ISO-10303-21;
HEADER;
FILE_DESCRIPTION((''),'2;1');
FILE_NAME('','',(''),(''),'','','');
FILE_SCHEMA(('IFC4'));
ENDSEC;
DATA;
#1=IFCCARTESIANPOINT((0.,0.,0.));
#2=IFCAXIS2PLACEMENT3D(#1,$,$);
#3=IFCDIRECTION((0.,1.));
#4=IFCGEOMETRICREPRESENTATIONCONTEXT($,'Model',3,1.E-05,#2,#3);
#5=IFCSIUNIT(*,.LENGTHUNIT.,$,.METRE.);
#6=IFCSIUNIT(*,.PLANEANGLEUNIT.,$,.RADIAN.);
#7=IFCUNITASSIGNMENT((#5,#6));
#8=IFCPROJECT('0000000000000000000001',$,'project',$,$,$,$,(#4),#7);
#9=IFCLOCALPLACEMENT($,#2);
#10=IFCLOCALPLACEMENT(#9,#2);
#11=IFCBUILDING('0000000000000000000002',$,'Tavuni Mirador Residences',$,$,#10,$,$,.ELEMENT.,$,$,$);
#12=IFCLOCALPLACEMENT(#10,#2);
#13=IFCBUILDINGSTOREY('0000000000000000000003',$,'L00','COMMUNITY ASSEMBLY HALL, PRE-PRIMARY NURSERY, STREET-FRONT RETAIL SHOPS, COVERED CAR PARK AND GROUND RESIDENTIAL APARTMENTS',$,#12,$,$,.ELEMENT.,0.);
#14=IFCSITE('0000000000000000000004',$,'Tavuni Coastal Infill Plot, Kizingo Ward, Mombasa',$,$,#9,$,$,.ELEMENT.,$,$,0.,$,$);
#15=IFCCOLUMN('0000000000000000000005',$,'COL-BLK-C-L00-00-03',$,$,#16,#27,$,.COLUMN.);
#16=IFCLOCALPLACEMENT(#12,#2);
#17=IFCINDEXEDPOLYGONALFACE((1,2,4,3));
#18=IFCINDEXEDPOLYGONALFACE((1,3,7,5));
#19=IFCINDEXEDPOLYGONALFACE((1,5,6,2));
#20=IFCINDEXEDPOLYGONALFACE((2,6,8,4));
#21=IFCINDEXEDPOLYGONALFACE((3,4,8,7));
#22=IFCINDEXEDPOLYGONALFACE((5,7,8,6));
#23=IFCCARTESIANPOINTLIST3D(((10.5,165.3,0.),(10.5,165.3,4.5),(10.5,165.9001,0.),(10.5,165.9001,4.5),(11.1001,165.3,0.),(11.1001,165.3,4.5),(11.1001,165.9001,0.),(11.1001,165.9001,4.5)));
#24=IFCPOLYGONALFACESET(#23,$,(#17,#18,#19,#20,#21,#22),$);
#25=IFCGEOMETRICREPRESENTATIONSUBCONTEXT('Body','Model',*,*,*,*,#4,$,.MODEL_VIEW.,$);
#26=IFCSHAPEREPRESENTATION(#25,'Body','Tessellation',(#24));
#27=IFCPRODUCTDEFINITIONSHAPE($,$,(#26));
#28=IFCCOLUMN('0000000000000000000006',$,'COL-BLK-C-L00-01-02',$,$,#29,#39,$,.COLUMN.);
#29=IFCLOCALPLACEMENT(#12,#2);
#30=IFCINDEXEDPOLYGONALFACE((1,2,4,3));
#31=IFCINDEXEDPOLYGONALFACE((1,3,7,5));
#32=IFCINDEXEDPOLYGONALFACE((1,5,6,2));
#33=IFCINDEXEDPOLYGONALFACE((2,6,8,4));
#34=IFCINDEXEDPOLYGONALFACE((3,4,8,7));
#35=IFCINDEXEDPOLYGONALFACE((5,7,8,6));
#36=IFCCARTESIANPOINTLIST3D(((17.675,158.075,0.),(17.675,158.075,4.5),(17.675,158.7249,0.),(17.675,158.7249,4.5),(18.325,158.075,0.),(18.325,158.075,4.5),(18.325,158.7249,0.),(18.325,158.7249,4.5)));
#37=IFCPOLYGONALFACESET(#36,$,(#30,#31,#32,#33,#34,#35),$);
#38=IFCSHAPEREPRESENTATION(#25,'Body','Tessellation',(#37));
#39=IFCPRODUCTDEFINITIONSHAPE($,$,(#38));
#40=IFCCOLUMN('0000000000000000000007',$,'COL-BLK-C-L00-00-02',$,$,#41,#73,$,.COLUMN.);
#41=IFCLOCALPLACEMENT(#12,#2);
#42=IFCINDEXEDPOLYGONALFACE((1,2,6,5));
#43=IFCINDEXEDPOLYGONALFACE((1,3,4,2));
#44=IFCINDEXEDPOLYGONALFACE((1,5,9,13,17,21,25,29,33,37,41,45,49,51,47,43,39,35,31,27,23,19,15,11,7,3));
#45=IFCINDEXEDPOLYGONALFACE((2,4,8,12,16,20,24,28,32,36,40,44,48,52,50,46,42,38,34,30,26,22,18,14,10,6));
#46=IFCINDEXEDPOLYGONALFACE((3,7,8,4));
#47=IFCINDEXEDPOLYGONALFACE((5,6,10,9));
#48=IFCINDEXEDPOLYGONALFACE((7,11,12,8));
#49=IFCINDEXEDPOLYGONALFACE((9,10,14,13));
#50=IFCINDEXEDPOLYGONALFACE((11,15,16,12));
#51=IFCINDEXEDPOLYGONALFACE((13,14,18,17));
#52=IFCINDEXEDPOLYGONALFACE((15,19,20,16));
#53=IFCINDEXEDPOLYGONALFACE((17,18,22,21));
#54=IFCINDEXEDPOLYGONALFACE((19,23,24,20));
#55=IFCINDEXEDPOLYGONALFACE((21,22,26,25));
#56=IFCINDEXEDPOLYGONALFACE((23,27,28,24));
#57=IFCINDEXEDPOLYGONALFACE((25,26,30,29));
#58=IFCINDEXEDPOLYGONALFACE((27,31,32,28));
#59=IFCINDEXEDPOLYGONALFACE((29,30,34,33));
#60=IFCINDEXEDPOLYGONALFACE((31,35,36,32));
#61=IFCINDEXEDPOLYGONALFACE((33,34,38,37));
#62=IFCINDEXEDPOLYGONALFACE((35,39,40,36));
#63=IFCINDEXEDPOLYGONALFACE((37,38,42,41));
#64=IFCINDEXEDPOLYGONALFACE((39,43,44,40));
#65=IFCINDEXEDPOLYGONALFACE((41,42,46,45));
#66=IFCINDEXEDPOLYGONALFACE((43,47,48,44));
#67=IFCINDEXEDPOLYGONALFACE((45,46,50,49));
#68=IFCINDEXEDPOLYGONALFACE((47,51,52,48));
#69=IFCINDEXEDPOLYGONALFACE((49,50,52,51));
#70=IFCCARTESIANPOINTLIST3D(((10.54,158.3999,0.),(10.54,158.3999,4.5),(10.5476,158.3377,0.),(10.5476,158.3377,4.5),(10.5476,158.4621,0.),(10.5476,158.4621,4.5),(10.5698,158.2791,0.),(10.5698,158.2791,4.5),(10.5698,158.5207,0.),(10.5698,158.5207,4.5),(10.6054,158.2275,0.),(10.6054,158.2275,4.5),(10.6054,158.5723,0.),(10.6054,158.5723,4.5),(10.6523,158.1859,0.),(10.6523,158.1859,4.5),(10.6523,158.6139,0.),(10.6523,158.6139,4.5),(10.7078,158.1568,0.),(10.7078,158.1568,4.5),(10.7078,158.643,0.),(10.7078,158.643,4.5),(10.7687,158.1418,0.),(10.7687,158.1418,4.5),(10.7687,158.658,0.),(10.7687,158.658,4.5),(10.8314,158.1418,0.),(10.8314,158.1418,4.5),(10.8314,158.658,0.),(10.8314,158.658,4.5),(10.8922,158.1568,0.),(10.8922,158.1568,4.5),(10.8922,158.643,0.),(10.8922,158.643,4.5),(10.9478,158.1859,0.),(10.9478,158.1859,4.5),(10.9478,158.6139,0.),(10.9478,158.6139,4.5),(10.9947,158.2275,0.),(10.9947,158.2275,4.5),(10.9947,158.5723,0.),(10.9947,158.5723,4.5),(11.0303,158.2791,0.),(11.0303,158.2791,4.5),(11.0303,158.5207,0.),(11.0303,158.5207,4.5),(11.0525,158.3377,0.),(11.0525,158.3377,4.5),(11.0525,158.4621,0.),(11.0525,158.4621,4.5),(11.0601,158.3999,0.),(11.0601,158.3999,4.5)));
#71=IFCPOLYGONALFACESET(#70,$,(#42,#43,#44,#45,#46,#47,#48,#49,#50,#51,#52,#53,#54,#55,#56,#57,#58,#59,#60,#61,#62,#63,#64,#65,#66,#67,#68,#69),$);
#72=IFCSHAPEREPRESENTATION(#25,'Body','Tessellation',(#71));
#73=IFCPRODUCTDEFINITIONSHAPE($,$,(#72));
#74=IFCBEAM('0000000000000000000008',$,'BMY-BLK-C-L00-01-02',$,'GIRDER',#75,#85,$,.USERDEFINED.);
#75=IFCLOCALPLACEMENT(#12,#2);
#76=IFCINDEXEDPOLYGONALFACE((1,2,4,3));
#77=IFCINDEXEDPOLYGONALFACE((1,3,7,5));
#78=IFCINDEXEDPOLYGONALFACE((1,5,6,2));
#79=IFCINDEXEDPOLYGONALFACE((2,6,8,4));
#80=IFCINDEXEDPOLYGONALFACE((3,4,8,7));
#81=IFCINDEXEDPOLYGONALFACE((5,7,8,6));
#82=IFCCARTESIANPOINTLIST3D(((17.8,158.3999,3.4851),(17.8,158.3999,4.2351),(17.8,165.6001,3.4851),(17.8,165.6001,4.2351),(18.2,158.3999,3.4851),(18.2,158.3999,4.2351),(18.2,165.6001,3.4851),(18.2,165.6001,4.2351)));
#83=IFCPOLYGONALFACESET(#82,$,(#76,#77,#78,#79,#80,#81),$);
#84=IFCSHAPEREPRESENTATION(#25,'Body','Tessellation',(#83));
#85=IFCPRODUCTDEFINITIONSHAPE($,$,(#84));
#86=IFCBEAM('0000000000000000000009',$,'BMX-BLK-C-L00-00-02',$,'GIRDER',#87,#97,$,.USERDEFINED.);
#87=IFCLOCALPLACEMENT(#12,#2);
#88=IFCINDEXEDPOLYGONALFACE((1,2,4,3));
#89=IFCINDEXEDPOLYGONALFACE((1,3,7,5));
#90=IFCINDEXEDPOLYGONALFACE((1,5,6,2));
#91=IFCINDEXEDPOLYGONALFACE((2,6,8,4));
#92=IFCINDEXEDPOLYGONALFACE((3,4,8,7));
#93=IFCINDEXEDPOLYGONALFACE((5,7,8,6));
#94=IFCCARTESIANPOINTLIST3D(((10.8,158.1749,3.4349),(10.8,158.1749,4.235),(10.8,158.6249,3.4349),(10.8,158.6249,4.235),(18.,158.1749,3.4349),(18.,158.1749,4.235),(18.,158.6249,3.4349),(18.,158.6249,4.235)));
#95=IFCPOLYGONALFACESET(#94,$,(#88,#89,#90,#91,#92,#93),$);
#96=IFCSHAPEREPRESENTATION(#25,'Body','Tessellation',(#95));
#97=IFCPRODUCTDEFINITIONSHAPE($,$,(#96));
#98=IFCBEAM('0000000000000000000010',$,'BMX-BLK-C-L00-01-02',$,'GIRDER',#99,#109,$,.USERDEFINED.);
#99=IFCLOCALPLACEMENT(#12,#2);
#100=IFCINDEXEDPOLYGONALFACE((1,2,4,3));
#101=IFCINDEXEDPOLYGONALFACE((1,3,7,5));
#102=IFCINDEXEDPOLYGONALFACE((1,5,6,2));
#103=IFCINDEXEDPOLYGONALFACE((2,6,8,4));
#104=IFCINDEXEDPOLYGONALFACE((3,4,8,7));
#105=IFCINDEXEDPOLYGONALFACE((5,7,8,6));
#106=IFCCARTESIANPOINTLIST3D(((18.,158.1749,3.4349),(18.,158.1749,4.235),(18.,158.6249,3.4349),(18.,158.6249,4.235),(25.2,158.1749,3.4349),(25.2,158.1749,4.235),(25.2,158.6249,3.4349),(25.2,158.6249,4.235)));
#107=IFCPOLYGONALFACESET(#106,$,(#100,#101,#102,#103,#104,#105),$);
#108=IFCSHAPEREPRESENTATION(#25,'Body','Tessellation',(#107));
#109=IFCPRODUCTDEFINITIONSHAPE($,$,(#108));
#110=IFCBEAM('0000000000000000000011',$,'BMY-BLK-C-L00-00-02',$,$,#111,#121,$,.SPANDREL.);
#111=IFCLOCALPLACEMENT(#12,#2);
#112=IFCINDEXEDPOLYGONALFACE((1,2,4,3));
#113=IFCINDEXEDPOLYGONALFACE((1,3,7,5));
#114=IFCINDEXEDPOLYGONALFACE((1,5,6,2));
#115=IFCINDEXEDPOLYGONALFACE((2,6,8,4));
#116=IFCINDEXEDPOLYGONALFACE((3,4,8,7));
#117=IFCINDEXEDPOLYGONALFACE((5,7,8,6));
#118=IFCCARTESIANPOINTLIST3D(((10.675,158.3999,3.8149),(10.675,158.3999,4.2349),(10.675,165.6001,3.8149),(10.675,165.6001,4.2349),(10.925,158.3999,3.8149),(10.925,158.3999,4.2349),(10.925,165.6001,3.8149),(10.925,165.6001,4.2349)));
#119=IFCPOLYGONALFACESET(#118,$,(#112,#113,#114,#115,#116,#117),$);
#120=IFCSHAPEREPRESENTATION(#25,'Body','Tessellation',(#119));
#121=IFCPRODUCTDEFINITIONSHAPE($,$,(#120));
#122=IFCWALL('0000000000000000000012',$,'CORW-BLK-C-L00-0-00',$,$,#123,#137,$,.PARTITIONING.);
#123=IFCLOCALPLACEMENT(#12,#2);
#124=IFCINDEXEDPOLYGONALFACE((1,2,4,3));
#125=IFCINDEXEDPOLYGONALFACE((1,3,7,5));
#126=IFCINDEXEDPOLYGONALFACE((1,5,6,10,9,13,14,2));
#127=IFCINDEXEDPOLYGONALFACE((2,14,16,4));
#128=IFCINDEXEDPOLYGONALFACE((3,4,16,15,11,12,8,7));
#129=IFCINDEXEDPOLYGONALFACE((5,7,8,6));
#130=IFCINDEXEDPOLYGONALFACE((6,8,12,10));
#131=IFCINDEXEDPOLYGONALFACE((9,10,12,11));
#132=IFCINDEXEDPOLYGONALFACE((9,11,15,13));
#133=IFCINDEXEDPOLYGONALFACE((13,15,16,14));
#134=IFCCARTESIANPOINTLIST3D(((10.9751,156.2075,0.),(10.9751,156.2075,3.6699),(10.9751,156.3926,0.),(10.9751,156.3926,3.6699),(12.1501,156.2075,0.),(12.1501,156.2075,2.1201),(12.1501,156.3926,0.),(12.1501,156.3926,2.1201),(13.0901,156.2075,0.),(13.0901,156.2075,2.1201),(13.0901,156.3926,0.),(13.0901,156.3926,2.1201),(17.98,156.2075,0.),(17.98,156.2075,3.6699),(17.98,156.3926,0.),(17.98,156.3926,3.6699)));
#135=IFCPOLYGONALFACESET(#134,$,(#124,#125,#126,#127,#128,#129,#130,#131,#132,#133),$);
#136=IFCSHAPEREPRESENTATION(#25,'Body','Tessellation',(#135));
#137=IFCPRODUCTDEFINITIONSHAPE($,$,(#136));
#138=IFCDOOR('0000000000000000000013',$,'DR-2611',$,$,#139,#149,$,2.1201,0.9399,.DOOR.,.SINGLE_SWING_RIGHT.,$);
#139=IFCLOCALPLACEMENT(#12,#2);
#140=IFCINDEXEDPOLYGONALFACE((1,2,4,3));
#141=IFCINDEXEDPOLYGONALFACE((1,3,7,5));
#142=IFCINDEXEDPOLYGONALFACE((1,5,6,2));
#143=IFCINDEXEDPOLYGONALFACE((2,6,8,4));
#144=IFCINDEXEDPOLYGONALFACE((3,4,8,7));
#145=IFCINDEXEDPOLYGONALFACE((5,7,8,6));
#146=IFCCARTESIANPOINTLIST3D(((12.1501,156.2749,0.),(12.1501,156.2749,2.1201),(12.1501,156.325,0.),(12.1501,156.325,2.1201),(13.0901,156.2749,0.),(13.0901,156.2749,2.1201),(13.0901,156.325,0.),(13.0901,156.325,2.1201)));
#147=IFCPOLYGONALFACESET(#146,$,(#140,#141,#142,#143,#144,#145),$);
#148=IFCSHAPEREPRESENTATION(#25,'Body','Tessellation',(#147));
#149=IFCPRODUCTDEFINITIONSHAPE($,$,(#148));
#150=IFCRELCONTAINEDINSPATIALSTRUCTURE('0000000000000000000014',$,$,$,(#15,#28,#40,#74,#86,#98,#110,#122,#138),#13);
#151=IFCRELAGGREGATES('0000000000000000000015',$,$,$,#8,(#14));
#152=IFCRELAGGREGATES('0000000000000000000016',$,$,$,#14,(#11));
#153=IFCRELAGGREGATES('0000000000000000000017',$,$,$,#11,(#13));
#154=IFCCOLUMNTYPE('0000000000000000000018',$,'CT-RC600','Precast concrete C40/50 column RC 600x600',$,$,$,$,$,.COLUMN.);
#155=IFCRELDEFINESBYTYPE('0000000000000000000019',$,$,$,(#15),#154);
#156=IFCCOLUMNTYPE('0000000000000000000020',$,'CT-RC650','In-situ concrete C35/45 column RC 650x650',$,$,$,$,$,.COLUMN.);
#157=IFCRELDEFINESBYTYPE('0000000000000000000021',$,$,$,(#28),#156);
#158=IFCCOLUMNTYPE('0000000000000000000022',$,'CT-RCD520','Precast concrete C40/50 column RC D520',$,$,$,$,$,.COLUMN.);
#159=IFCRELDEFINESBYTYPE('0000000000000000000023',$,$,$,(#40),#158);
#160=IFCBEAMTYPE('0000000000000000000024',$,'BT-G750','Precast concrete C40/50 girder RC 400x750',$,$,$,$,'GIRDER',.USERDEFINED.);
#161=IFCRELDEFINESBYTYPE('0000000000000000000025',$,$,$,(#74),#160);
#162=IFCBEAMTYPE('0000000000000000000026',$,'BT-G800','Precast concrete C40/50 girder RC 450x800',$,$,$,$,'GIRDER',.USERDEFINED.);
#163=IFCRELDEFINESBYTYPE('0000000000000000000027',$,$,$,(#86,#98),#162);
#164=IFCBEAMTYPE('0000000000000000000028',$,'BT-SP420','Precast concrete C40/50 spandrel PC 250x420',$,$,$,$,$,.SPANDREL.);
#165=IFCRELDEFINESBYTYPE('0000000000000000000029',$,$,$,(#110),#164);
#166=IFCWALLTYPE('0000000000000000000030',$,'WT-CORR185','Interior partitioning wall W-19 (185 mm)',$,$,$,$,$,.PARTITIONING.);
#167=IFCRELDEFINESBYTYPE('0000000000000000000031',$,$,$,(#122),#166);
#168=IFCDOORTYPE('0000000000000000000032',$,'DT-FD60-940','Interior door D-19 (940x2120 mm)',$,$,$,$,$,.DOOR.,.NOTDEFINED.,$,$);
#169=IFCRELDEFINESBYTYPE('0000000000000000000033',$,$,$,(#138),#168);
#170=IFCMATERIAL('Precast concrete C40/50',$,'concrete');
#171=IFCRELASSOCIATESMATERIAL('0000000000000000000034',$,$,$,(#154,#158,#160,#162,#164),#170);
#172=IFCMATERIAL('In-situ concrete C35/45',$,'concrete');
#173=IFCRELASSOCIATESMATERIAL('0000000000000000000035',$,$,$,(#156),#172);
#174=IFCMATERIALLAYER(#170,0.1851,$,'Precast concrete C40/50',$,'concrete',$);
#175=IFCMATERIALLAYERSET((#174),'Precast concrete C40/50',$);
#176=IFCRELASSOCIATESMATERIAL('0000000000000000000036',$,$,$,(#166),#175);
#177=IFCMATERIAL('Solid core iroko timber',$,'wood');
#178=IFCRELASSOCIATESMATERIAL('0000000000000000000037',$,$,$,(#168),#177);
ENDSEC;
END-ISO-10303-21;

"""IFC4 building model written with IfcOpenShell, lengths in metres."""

from ifc_helpers import new_model, si_unit, direction, frame, frame_2d, origin, origin_2d, place, context, subcontext, project, spatial, rectangle, circle, extrude, material, layer, layer_set, material_profile, profile_set, type_object, element, fill, save


model = new_model("IFC4")

# Units and contexts
model_context = context("Model", 3, precision=1e-05, world=origin(), true_north=direction((0.0, 1.0)))
body_context = subcontext(model_context, "Body", "Model", "MODEL_VIEW")
ifc_project = project(units=[si_unit("LENGTHUNIT", "METRE"), si_unit("PLANEANGLEUNIT", "RADIAN")], contexts=[model_context])

# Site, building, storey
site_placement = place(None, origin())
site = spatial("IfcSite", under=ifc_project, at=site_placement, Name="Tavuni Coastal Infill Plot, Kizingo Ward, Mombasa", CompositionType="ELEMENT", RefElevation=0.0)
building_placement = place(site_placement, origin())
building = spatial("IfcBuilding", under=site, at=building_placement, Name="Tavuni Mirador Residences", CompositionType="ELEMENT")
storey_placement = place(building_placement, origin())
storey = spatial("IfcBuildingStorey", under=building, at=storey_placement, Name="L00", Description="COMMUNITY ASSEMBLY HALL, PRE-PRIMARY NURSERY, STREET-FRONT RETAIL SHOPS, COVERED CAR PARK AND GROUND RESIDENTIAL APARTMENTS", CompositionType="ELEMENT", Elevation=0.0)

# Columns
ifc_material_1 = material(Name="Precast concrete C40/50", Category="concrete")
ifc_material_profile_1 = material_profile(ifc_material_1, rectangle(XDim=0.6001, YDim=0.6001, at=origin_2d()), Name="RC 600x600", Category="concrete")
ifc_profile_set_1 = profile_set([ifc_material_profile_1], Name="Precast concrete C40/50")
column_type_1 = type_object("IfcColumnType", Name="CT-RC600", Description="Precast concrete C40/50 column RC 600x600", PredefinedType="COLUMN", material=ifc_profile_set_1)
column_1_placement = place(storey_placement, frame((10.8, 165.6001, 0.0), z_axis=(0.0, 0.0, 1.0), x_axis=(1.0, 0.0, 0.0)))
element("IfcColumn", 1, at=column_1_placement, inside=storey, type_object=column_type_1, Name="COL-BLK-C-L00-00-03", PredefinedType="COLUMN", context=body_context, shape_type="SweptSolid", body=[
    extrude(rectangle(XDim=0.6001, YDim=0.6001, at=origin_2d()), origin(), (0.0, 0.0, 1.0), 4.5),
])
ifc_material_2 = material(Name="In-situ concrete C35/45", Category="concrete")
ifc_material_profile_2 = material_profile(ifc_material_2, rectangle(XDim=0.6499, YDim=0.6499, at=origin_2d()), Name="RC 650x650", Category="concrete")
ifc_profile_set_2 = profile_set([ifc_material_profile_2], Name="In-situ concrete C35/45")
column_type_2 = type_object("IfcColumnType", Name="CT-RC650", Description="In-situ concrete C35/45 column RC 650x650", PredefinedType="COLUMN", material=ifc_profile_set_2)
column_2_placement = place(storey_placement, frame((18.0, 158.3999, 0.0), z_axis=(0.0, 0.0, 1.0), x_axis=(1.0, 0.0, 0.0)))
element("IfcColumn", 2, at=column_2_placement, inside=storey, type_object=column_type_2, Name="COL-BLK-C-L00-01-02", PredefinedType="COLUMN", context=body_context, shape_type="SweptSolid", body=[
    extrude(rectangle(XDim=0.6499, YDim=0.6499, at=origin_2d()), origin(), (0.0, 0.0, 1.0), 4.5),
])
ifc_material_profile_3 = material_profile(ifc_material_1, circle(Radius=0.26, at=origin_2d()), Name="RC D520", Category="concrete")
ifc_profile_set_3 = profile_set([ifc_material_profile_3], Name="Precast concrete C40/50")
column_type_3 = type_object("IfcColumnType", Name="CT-RCD520", Description="Precast concrete C40/50 column RC D520", PredefinedType="COLUMN", material=ifc_profile_set_3)
column_3_placement = place(storey_placement, frame((10.8, 158.3999, 0.0), z_axis=(0.0, 0.0, 1.0), x_axis=(1.0, 0.0, 0.0)))
element("IfcColumn", 3, at=column_3_placement, inside=storey, type_object=column_type_3, Name="COL-BLK-C-L00-00-02", PredefinedType="COLUMN", context=body_context, shape_type="SweptSolid", body=[
    extrude(circle(Radius=0.26, at=origin_2d()), origin(), (0.0, 0.0, 1.0), 4.5),
])

# Beams
ifc_material_profile_4 = material_profile(ifc_material_1, rectangle(XDim=0.3999, YDim=0.75, at=origin_2d()), Name="RC 400x750", Category="concrete")
ifc_profile_set_4 = profile_set([ifc_material_profile_4], Name="Precast concrete C40/50")
beam_type_1 = type_object("IfcBeamType", Name="BT-G750", Description="Precast concrete C40/50 girder RC 400x750", ElementType="GIRDER", PredefinedType="USERDEFINED", material=ifc_profile_set_4)
beam_1_placement = place(storey_placement, frame((18.0, 158.3999, 3.8601), z_axis=(0.0, 1.0, 0.0), x_axis=(-1.0, 0.0, 0.0)))
element("IfcBeam", 4, at=beam_1_placement, inside=storey, type_object=beam_type_1, Name="BMY-BLK-C-L00-01-02", ObjectType="GIRDER", PredefinedType="USERDEFINED", context=body_context, shape_type="SweptSolid", body=[
    extrude(rectangle(XDim=0.3999, YDim=0.75, at=origin_2d()), origin(), (0.0, 0.0, 1.0), 7.2002),
])
ifc_material_profile_5 = material_profile(ifc_material_1, rectangle(XDim=0.45, YDim=0.8, at=origin_2d()), Name="RC 450x800", Category="concrete")
ifc_profile_set_5 = profile_set([ifc_material_profile_5], Name="Precast concrete C40/50")
beam_type_2 = type_object("IfcBeamType", Name="BT-G800", Description="Precast concrete C40/50 girder RC 450x800", ElementType="GIRDER", PredefinedType="USERDEFINED", material=ifc_profile_set_5)
for number, where, z_axis, x_axis, name in (
    (5, (10.8, 158.3999, 3.835), (1.0, 0.0, 0.0), (0.0, 1.0, 0.0), "BMX-BLK-C-L00-00-02"),
    (6, (18.0, 158.3999, 3.835), (1.0, 0.0, 0.0), (0.0, 1.0, 0.0), "BMX-BLK-C-L00-01-02"),
):
    element("IfcBeam", number, at=place(storey_placement, frame(where, z_axis=z_axis, x_axis=x_axis)), inside=storey, type_object=beam_type_2, Name=name, ObjectType="GIRDER", PredefinedType="USERDEFINED", context=body_context, shape_type="SweptSolid", body=[
        extrude(rectangle(XDim=0.45, YDim=0.8, at=origin_2d()), origin(), (0.0, 0.0, 1.0), 7.2),
    ])
ifc_material_profile_6 = material_profile(ifc_material_1, rectangle(XDim=0.25, YDim=0.4199, at=origin_2d()), Name="PC 250x420", Category="concrete")
ifc_profile_set_6 = profile_set([ifc_material_profile_6], Name="Precast concrete C40/50")
beam_type_3 = type_object("IfcBeamType", Name="BT-SP420", Description="Precast concrete C40/50 spandrel PC 250x420", PredefinedType="SPANDREL", material=ifc_profile_set_6)
beam_2_placement = place(storey_placement, frame((10.8, 158.3999, 4.0249), z_axis=(0.0, 1.0, 0.0), x_axis=(-1.0, 0.0, 0.0)))
element("IfcBeam", 7, at=beam_2_placement, inside=storey, type_object=beam_type_3, Name="BMY-BLK-C-L00-00-02", PredefinedType="SPANDREL", context=body_context, shape_type="SweptSolid", body=[
    extrude(rectangle(XDim=0.25, YDim=0.4199, at=origin_2d()), origin(), (0.0, 0.0, 1.0), 7.2002),
])

# Wall, opening, door
ifc_layer_1 = layer(ifc_material_1, 0.1851, Name="Precast concrete C40/50", Category="concrete")
ifc_layer_set_1 = layer_set([ifc_layer_1], Name="Precast concrete C40/50")
wall_type_1 = type_object("IfcWallType", Name="WT-CORR185", Description="Interior partitioning wall W-19 (185 mm)", PredefinedType="PARTITIONING", material=ifc_layer_set_1)
wall_1_placement = place(storey_placement, frame((10.9751, 156.3, 0.0), z_axis=(0.0, 0.0, 1.0), x_axis=(1.0, 0.0, 0.0)))
wall_1 = element("IfcWall", 8, at=wall_1_placement, inside=storey, type_object=wall_type_1, Name="CORW-BLK-C-L00-0-00", PredefinedType="PARTITIONING", context=body_context, shape_type="SweptSolid", body=[
    extrude(rectangle(XDim=7.0049, YDim=0.1851, at=frame_2d((3.5024, 0.0))), origin(), (0.0, 0.0, 1.0), 3.6699),
])
opening_1_placement = place(wall_1_placement, frame((1.175, 0.0, 0.0)))
opening_1 = element("IfcOpeningElement", 9, at=opening_1_placement, cuts=wall_1, PredefinedType="OPENING", context=body_context, shape_type="SweptSolid", body=[
    extrude(rectangle(XDim=0.9399, YDim=2.1201, at=frame_2d((0.47, 1.0601))), frame((0.0, 0.1025, 0.0), z_axis=(0.0, -1.0, 0.0), x_axis=(1.0, 0.0, 0.0)), (0.0, 0.0, 1.0), 0.2051),
])
ifc_material_3 = material(Name="Solid core iroko timber", Category="wood")
door_type_1 = type_object("IfcDoorType", Name="DT-FD60-940", Description="Interior door D-19 (940x2120 mm)", OperationType="NOTDEFINED", PredefinedType="DOOR", material=ifc_material_3)
door_1_placement = place(opening_1_placement, origin())
door_1 = element("IfcDoor", 10, at=door_1_placement, inside=storey, type_object=door_type_1, Name="DR-2611", OperationType="SINGLE_SWING_RIGHT", OverallHeight=2.1201, OverallWidth=0.9399, PredefinedType="DOOR", context=body_context, shape_type="SweptSolid", body=[
    extrude(rectangle(XDim=0.9399, YDim=2.1201, at=frame_2d((0.47, 1.0601))), frame((0.0, 0.0249, 0.0), z_axis=(0.0, -1.0, 0.0), x_axis=(1.0, 0.0, 0.0)), (0.0, 0.0, 1.0), 0.05),
])
fill(opening_1, door_1)

save(model, "model.ifc")
